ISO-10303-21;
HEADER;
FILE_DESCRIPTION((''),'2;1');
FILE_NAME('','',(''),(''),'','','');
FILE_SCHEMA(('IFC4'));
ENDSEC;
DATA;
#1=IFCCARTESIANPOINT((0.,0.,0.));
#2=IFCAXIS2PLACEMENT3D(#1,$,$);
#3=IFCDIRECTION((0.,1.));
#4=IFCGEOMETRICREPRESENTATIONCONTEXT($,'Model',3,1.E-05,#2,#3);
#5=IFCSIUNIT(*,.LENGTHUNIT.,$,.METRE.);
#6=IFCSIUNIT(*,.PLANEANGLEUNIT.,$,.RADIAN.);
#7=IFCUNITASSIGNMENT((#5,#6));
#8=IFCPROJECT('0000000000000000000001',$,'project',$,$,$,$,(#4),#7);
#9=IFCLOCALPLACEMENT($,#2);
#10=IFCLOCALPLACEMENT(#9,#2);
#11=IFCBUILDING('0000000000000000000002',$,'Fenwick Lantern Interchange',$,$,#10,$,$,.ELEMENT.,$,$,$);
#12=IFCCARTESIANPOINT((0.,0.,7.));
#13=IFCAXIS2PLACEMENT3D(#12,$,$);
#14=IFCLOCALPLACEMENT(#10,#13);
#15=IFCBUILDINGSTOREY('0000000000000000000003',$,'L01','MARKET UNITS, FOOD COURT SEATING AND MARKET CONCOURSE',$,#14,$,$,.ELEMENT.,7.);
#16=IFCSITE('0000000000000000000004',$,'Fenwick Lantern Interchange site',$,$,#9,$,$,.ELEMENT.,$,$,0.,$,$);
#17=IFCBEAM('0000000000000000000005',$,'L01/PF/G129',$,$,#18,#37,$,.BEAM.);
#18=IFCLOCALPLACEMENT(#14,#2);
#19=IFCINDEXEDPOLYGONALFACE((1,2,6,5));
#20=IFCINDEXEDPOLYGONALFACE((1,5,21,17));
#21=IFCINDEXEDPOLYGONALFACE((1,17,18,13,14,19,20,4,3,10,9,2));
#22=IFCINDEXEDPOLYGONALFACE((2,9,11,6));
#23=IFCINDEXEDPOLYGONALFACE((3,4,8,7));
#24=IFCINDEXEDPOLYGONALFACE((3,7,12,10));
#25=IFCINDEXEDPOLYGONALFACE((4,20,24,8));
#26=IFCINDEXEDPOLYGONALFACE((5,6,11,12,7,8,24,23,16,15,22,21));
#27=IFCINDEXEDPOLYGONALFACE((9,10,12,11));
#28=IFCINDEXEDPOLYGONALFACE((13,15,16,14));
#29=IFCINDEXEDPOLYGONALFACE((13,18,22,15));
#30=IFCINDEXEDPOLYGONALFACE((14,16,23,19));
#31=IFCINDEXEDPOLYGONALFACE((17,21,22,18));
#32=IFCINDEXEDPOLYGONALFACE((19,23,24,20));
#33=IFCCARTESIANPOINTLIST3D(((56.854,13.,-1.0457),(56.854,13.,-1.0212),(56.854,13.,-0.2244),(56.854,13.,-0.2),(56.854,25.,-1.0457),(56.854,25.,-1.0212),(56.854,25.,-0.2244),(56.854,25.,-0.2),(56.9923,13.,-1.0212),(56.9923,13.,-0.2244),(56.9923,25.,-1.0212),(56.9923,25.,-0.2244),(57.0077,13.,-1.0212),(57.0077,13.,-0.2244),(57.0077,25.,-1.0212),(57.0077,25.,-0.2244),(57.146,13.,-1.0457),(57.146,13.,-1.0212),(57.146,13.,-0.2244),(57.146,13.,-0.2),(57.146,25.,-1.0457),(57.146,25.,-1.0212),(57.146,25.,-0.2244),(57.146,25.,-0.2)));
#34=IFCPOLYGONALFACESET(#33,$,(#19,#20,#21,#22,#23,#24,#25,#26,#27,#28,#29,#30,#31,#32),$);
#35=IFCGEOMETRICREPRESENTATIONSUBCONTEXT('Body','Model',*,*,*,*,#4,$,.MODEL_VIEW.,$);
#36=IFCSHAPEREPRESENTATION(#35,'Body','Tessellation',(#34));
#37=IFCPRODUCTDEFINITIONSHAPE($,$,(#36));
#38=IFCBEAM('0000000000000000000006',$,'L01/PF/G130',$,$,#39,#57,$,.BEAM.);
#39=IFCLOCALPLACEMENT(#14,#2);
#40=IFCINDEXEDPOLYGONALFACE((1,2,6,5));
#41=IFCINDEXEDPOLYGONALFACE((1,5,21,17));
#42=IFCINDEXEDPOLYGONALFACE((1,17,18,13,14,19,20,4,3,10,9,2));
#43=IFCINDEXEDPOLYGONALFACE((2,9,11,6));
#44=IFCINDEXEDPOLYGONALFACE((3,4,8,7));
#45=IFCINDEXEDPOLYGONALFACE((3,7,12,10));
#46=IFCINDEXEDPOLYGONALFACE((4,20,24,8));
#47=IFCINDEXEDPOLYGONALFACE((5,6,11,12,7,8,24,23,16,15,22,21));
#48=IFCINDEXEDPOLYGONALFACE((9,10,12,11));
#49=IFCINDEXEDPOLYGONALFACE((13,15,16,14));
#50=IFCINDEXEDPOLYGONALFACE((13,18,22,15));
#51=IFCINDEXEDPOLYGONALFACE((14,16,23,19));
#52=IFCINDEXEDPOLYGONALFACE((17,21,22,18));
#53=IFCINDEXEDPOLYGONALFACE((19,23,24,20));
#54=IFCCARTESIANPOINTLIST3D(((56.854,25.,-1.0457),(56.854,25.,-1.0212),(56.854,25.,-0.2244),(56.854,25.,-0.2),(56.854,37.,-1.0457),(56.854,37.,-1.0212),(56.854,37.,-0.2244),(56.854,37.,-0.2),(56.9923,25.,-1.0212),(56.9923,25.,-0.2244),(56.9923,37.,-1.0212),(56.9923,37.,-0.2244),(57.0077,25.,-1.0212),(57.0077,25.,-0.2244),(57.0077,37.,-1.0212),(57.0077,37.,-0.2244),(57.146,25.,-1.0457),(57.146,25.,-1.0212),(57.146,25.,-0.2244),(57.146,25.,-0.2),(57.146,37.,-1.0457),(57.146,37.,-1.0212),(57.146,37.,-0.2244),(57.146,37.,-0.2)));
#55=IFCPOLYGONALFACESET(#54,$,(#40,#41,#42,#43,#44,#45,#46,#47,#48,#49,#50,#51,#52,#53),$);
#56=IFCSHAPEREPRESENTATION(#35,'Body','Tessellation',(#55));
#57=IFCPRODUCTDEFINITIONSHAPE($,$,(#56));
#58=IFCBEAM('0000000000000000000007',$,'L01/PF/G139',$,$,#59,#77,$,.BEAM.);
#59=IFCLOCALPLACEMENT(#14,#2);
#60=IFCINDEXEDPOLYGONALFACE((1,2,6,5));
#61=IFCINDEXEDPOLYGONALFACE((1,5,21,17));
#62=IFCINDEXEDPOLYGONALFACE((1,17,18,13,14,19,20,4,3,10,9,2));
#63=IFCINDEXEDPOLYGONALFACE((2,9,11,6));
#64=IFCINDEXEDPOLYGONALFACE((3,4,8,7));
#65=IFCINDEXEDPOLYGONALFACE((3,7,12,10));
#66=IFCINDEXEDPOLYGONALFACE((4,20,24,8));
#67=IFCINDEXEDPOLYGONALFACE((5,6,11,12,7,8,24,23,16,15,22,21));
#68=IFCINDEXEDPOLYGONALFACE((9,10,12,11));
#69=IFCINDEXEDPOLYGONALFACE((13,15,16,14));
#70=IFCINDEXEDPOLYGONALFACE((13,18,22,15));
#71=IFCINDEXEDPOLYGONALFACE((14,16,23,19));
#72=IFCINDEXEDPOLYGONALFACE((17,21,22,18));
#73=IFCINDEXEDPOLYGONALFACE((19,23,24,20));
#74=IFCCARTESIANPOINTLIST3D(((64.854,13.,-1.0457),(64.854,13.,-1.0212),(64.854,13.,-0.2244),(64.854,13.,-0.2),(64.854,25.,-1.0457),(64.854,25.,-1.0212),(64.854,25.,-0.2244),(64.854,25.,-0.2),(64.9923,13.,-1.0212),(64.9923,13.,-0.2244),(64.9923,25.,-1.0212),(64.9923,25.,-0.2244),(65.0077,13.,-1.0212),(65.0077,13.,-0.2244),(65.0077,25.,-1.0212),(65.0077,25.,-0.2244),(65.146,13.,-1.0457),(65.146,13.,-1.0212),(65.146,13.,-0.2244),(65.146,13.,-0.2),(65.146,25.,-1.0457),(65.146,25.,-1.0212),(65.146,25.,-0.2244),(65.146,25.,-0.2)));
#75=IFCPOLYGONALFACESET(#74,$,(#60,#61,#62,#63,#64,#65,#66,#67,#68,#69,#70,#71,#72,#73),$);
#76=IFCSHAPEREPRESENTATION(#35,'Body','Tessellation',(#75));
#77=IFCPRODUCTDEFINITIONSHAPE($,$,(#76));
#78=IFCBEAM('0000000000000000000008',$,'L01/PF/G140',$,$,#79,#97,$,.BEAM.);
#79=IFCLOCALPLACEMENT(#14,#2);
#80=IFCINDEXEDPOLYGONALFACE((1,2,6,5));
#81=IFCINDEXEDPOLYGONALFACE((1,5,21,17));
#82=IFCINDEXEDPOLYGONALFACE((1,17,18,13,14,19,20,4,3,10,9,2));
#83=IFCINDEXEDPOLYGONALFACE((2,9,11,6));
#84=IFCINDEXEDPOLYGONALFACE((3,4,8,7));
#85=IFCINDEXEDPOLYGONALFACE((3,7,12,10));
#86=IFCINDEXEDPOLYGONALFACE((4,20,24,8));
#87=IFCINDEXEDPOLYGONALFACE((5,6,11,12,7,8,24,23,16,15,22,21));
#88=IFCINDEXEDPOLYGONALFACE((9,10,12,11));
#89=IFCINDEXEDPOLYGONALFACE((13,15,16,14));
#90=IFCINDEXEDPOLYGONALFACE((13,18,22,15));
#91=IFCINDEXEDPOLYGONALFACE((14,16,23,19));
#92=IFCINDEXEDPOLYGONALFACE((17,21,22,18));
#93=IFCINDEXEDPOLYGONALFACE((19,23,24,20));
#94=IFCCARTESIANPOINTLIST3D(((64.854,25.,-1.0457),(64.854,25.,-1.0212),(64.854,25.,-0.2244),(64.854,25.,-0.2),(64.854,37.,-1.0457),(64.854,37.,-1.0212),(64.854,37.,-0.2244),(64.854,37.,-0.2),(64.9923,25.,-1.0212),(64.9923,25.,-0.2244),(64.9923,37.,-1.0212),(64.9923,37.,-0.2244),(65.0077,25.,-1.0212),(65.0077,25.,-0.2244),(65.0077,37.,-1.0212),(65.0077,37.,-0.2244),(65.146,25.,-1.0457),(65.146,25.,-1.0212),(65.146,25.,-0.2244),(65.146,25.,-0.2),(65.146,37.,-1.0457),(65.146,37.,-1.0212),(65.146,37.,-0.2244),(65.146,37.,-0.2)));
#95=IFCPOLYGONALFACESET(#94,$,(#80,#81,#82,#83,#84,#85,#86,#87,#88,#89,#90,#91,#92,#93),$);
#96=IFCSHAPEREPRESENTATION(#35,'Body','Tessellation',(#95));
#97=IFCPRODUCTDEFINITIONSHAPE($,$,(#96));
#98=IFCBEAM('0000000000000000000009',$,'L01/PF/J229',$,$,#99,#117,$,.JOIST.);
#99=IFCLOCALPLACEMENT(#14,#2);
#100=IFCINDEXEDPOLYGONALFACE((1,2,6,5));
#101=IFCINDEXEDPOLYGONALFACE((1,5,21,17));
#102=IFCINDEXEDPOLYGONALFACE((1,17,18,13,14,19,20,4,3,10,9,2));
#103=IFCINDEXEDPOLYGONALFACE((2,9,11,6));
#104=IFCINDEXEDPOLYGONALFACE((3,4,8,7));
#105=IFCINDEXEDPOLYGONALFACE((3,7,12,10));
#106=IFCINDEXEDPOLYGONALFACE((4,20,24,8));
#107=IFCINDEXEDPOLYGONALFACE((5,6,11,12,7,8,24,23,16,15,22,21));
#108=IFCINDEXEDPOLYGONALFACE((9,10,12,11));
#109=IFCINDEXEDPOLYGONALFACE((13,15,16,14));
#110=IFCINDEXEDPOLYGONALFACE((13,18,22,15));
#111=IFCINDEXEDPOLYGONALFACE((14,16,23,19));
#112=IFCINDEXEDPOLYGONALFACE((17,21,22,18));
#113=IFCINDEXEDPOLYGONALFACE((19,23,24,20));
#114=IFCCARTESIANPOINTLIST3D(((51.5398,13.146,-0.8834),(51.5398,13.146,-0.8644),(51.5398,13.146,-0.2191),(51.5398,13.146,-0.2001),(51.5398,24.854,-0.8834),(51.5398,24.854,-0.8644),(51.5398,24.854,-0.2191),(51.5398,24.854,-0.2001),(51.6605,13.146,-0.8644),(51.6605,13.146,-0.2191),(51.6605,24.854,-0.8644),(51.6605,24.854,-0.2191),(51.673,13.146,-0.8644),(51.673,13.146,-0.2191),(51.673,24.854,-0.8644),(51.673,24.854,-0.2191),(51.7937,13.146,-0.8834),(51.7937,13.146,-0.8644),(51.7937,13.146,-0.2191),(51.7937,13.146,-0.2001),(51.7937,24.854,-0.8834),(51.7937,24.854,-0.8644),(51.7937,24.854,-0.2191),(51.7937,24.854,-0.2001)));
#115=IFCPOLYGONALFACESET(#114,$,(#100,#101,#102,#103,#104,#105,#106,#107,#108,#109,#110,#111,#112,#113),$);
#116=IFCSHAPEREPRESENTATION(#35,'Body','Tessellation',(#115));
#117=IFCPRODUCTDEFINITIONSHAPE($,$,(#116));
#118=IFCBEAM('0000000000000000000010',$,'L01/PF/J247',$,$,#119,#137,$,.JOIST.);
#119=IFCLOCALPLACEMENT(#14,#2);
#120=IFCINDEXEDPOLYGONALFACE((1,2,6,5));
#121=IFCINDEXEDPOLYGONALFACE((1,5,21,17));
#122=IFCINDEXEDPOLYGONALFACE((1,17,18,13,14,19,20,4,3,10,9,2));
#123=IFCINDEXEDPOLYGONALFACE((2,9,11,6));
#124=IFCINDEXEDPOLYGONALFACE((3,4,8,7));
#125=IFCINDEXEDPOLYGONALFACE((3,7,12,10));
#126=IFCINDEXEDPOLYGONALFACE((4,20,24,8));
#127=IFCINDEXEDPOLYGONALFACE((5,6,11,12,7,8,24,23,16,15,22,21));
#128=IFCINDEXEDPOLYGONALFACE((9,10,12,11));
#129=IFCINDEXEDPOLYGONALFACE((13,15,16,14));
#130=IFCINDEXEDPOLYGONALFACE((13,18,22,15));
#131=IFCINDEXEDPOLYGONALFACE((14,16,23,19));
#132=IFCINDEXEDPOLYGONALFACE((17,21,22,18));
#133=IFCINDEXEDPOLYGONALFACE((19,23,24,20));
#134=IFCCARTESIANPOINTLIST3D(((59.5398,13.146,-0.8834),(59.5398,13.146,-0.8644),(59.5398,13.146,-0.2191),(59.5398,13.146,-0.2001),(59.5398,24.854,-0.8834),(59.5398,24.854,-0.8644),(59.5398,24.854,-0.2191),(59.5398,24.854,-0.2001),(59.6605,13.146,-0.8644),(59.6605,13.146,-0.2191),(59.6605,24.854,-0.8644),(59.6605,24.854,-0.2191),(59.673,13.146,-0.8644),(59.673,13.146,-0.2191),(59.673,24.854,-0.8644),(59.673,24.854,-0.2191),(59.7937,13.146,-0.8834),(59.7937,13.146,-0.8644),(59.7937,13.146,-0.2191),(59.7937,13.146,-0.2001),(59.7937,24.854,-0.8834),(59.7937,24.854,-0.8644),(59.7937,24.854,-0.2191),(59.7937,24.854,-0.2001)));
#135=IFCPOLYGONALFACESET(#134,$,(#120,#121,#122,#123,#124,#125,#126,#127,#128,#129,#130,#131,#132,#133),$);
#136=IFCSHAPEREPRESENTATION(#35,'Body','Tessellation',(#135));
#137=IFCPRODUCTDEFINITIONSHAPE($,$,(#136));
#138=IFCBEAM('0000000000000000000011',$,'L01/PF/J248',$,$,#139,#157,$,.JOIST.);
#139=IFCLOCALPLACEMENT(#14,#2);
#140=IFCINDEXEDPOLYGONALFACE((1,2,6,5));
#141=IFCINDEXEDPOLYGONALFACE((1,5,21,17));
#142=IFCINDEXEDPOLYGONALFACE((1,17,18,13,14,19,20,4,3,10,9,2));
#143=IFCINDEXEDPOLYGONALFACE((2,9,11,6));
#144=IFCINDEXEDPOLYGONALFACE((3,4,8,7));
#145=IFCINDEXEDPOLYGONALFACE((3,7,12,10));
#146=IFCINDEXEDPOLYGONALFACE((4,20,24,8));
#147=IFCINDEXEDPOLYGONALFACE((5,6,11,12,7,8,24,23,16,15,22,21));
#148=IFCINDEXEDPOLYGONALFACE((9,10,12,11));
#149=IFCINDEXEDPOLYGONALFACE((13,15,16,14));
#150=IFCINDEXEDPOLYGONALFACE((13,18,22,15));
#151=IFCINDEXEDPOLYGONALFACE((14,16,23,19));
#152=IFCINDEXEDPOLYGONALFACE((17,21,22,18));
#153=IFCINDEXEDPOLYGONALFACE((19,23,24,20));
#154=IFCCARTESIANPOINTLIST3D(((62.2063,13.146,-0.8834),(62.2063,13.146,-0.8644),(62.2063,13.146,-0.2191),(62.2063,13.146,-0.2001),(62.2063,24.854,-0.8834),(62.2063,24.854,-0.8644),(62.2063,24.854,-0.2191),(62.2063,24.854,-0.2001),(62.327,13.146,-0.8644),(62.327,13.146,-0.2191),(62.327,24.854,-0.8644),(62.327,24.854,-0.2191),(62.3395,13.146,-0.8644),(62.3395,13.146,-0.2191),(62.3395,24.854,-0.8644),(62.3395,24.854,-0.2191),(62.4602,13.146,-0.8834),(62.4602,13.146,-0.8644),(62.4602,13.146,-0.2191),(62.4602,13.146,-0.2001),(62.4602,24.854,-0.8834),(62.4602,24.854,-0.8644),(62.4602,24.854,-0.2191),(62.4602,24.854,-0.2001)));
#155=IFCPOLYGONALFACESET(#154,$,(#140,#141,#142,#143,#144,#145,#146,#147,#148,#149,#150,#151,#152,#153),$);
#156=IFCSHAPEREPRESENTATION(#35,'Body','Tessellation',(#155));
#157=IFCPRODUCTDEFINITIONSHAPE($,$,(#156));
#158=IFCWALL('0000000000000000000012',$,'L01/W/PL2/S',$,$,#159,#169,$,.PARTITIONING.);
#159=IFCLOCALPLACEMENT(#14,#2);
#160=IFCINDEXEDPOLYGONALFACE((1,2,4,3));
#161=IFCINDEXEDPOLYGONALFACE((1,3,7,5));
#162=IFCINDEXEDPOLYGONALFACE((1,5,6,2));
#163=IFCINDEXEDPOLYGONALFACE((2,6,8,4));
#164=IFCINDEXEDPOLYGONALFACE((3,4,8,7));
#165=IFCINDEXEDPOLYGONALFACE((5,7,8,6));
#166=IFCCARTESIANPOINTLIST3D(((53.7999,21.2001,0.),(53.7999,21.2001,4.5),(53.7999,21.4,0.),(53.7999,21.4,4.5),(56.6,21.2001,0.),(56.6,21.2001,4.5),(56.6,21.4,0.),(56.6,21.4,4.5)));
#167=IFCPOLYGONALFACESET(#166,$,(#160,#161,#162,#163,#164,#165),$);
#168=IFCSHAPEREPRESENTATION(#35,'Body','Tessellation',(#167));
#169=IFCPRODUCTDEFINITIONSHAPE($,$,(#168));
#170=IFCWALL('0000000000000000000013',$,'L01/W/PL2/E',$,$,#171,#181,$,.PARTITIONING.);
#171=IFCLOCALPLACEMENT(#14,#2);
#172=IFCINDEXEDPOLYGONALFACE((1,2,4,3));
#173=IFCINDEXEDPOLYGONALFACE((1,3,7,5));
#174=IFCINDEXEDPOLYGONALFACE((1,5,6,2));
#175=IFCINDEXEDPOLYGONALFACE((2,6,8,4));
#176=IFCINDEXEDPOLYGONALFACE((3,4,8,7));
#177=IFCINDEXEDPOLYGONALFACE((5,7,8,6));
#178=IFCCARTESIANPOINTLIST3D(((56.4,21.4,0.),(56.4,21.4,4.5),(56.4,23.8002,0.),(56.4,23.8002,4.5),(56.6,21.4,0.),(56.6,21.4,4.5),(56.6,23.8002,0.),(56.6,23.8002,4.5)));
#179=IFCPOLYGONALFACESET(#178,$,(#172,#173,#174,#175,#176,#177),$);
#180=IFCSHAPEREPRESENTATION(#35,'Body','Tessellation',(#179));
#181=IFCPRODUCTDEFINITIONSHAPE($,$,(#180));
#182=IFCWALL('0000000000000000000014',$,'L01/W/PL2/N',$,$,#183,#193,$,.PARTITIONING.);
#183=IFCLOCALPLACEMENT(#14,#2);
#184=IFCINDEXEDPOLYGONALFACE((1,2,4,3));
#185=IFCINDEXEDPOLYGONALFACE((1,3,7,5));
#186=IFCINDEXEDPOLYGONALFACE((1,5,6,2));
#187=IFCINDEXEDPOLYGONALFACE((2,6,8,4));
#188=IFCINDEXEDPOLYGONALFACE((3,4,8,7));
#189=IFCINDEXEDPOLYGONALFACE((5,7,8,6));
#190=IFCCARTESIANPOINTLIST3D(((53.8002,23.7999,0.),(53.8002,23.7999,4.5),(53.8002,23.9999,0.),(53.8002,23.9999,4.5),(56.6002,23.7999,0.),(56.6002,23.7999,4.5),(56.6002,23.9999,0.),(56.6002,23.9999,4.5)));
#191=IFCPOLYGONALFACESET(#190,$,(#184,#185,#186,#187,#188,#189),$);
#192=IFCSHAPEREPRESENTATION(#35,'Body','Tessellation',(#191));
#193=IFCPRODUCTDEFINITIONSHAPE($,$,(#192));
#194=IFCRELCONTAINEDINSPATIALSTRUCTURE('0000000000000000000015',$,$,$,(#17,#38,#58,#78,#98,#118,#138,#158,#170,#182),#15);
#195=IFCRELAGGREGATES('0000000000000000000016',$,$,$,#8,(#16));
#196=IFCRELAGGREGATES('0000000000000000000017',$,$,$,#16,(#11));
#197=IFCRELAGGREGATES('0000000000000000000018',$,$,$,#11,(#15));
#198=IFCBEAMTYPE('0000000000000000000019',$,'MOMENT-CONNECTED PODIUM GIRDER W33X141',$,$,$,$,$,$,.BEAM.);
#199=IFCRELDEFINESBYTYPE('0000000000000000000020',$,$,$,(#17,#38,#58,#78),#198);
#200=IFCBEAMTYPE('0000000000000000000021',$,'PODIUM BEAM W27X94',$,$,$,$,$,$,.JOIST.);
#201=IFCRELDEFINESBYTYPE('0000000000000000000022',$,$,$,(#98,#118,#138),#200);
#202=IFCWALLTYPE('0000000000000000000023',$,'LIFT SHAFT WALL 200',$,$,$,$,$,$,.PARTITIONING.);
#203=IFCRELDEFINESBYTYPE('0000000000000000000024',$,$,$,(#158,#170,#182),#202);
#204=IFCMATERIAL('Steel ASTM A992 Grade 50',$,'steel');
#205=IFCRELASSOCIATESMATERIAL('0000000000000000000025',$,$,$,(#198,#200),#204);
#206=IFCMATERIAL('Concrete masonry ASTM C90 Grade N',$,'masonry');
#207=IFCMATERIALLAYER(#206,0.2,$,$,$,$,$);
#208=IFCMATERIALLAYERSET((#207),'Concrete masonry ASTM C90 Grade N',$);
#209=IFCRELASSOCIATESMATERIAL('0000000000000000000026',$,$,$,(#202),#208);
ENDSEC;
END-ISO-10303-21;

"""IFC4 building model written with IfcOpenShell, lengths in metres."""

from ifc_helpers import new_model, si_unit, direction, frame, frame_2d, origin, origin_2d, place, context, subcontext, project, spatial, rectangle, i_section, extrude, material, layer, layer_set, material_profile, profile_set, type_object, element, save


model = new_model("IFC4")

# Units and contexts
model_context = context("Model", 3, precision=1e-05, world=origin(), true_north=direction((0.0, 1.0)))
body_context = subcontext(model_context, "Body", "Model", "MODEL_VIEW")
ifc_project = project(units=[si_unit("LENGTHUNIT", "METRE"), si_unit("PLANEANGLEUNIT", "RADIAN")], contexts=[model_context])

# Site, building, storey
site_placement = place(None, origin())
site = spatial("IfcSite", under=ifc_project, at=site_placement, Name="Fenwick Lantern Interchange site", CompositionType="ELEMENT", RefElevation=0.0)
building_placement = place(site_placement, origin())
building = spatial("IfcBuilding", under=site, at=building_placement, Name="Fenwick Lantern Interchange", CompositionType="ELEMENT")
storey_placement = place(building_placement, frame((0.0, 0.0, 7.0)))
storey = spatial("IfcBuildingStorey", under=building, at=storey_placement, Name="L01", Description="MARKET UNITS, FOOD COURT SEATING AND MARKET CONCOURSE", CompositionType="ELEMENT", Elevation=7.0)

# Shared definitions
ifc_material_1 = material(Name="Steel ASTM A992 Grade 50", Category="steel")

# Beams
ifc_material_profile_1 = material_profile(ifc_material_1, i_section(OverallWidth=0.292, OverallDepth=0.8457, WebThickness=0.0154, FlangeThickness=0.0244, at=origin_2d()), Name="W33X141")
ifc_profile_set_1 = profile_set([ifc_material_profile_1], Name="Steel ASTM A992 Grade 50")
beam_type_1 = type_object("IfcBeamType", Name="MOMENT-CONNECTED PODIUM GIRDER W33X141", PredefinedType="BEAM", material=ifc_profile_set_1)
for number, where, z_axis, x_axis, name in (
    (1, (57.0, 13.0, -0.6228), (0.0, 1.0, 0.0), (-1.0, 0.0, 0.0), "L01/PF/G129"),
    (2, (57.0, 25.0, -0.6228), (0.0, 1.0, 0.0), (-1.0, 0.0, 0.0), "L01/PF/G130"),
    (3, (65.0, 13.0, -0.6228), (0.0, 1.0, 0.0), (-1.0, 0.0, 0.0), "L01/PF/G139"),
    (4, (65.0, 25.0, -0.6228), (0.0, 1.0, 0.0), (-1.0, 0.0, 0.0), "L01/PF/G140"),
):
    element("IfcBeam", number, at=place(storey_placement, frame(where, z_axis=z_axis, x_axis=x_axis)), inside=storey, type_object=beam_type_1, Name=name, PredefinedType="BEAM", context=body_context, shape_type="SweptSolid", body=[
        extrude(i_section(OverallWidth=0.292, OverallDepth=0.8457, WebThickness=0.0154, FlangeThickness=0.0244, at=origin_2d()), origin(), (0.0, 0.0, 1.0), 12.0),
    ])
ifc_material_profile_2 = material_profile(ifc_material_1, i_section(OverallWidth=0.2539, OverallDepth=0.6833, WebThickness=0.0125, FlangeThickness=0.019, at=origin_2d()), Name="W27X94")
ifc_profile_set_2 = profile_set([ifc_material_profile_2], Name="Steel ASTM A992 Grade 50")
beam_type_2 = type_object("IfcBeamType", Name="PODIUM BEAM W27X94", PredefinedType="JOIST", material=ifc_profile_set_2)
for number, where, z_axis, x_axis, name in (
    (5, (51.6667, 13.146, -0.5417), (0.0, 1.0, 0.0), (-1.0, 0.0, 0.0), "L01/PF/J229"),
    (6, (59.6667, 13.146, -0.5417), (0.0, 1.0, 0.0), (-1.0, 0.0, 0.0), "L01/PF/J247"),
    (7, (62.3333, 13.146, -0.5417), (0.0, 1.0, 0.0), (-1.0, 0.0, 0.0), "L01/PF/J248"),
):
    element("IfcBeam", number, at=place(storey_placement, frame(where, z_axis=z_axis, x_axis=x_axis)), inside=storey, type_object=beam_type_2, Name=name, PredefinedType="JOIST", context=body_context, shape_type="SweptSolid", body=[
        extrude(i_section(OverallWidth=0.2539, OverallDepth=0.6833, WebThickness=0.0125, FlangeThickness=0.019, at=origin_2d()), origin(), (0.0, 0.0, 1.0), 11.708),
    ])

# Walls
ifc_material_2 = material(Name="Concrete masonry ASTM C90 Grade N", Category="masonry")
ifc_layer = layer(ifc_material_2, 0.2)
ifc_layer_set = layer_set([ifc_layer], Name="Concrete masonry ASTM C90 Grade N")
wall_type = type_object("IfcWallType", Name="LIFT SHAFT WALL 200", PredefinedType="PARTITIONING", material=ifc_layer_set)
wall_1_placement = place(storey_placement, frame((53.8, 21.3, 0.0), z_axis=(0.0, 0.0, 1.0), x_axis=(1.0, 0.0, 0.0)))
element("IfcWall", 8, at=wall_1_placement, inside=storey, type_object=wall_type, Name="L01/W/PL2/S", PredefinedType="PARTITIONING", context=body_context, shape_type="SweptSolid", body=[
    extrude(rectangle(XDim=2.8, YDim=0.2, at=frame_2d((1.3999, 0.0))), origin(), (0.0, 0.0, 1.0), 4.5),
])
wall_2_placement = place(storey_placement, frame((56.5, 21.3999, 0.0), z_axis=(0.0, 0.0, 1.0), x_axis=(0.0, 1.0, 0.0)))
element("IfcWall", 9, at=wall_2_placement, inside=storey, type_object=wall_type, Name="L01/W/PL2/E", PredefinedType="PARTITIONING", context=body_context, shape_type="SweptSolid", body=[
    extrude(rectangle(XDim=2.4001, YDim=0.2, at=frame_2d((1.2002, 0.0))), origin(), (0.0, 0.0, 1.0), 4.5),
])
wall_3_placement = place(storey_placement, frame((56.6001, 23.8999, 0.0), z_axis=(0.0, 0.0, 1.0), x_axis=(-1.0, 0.0, 0.0)))
element("IfcWall", 10, at=wall_3_placement, inside=storey, type_object=wall_type, Name="L01/W/PL2/N", PredefinedType="PARTITIONING", context=body_context, shape_type="SweptSolid", body=[
    extrude(rectangle(XDim=2.8, YDim=0.2, at=frame_2d((1.3999, 0.0))), origin(), (0.0, 0.0, 1.0), 4.5),
])

save(model, "model.ifc")
